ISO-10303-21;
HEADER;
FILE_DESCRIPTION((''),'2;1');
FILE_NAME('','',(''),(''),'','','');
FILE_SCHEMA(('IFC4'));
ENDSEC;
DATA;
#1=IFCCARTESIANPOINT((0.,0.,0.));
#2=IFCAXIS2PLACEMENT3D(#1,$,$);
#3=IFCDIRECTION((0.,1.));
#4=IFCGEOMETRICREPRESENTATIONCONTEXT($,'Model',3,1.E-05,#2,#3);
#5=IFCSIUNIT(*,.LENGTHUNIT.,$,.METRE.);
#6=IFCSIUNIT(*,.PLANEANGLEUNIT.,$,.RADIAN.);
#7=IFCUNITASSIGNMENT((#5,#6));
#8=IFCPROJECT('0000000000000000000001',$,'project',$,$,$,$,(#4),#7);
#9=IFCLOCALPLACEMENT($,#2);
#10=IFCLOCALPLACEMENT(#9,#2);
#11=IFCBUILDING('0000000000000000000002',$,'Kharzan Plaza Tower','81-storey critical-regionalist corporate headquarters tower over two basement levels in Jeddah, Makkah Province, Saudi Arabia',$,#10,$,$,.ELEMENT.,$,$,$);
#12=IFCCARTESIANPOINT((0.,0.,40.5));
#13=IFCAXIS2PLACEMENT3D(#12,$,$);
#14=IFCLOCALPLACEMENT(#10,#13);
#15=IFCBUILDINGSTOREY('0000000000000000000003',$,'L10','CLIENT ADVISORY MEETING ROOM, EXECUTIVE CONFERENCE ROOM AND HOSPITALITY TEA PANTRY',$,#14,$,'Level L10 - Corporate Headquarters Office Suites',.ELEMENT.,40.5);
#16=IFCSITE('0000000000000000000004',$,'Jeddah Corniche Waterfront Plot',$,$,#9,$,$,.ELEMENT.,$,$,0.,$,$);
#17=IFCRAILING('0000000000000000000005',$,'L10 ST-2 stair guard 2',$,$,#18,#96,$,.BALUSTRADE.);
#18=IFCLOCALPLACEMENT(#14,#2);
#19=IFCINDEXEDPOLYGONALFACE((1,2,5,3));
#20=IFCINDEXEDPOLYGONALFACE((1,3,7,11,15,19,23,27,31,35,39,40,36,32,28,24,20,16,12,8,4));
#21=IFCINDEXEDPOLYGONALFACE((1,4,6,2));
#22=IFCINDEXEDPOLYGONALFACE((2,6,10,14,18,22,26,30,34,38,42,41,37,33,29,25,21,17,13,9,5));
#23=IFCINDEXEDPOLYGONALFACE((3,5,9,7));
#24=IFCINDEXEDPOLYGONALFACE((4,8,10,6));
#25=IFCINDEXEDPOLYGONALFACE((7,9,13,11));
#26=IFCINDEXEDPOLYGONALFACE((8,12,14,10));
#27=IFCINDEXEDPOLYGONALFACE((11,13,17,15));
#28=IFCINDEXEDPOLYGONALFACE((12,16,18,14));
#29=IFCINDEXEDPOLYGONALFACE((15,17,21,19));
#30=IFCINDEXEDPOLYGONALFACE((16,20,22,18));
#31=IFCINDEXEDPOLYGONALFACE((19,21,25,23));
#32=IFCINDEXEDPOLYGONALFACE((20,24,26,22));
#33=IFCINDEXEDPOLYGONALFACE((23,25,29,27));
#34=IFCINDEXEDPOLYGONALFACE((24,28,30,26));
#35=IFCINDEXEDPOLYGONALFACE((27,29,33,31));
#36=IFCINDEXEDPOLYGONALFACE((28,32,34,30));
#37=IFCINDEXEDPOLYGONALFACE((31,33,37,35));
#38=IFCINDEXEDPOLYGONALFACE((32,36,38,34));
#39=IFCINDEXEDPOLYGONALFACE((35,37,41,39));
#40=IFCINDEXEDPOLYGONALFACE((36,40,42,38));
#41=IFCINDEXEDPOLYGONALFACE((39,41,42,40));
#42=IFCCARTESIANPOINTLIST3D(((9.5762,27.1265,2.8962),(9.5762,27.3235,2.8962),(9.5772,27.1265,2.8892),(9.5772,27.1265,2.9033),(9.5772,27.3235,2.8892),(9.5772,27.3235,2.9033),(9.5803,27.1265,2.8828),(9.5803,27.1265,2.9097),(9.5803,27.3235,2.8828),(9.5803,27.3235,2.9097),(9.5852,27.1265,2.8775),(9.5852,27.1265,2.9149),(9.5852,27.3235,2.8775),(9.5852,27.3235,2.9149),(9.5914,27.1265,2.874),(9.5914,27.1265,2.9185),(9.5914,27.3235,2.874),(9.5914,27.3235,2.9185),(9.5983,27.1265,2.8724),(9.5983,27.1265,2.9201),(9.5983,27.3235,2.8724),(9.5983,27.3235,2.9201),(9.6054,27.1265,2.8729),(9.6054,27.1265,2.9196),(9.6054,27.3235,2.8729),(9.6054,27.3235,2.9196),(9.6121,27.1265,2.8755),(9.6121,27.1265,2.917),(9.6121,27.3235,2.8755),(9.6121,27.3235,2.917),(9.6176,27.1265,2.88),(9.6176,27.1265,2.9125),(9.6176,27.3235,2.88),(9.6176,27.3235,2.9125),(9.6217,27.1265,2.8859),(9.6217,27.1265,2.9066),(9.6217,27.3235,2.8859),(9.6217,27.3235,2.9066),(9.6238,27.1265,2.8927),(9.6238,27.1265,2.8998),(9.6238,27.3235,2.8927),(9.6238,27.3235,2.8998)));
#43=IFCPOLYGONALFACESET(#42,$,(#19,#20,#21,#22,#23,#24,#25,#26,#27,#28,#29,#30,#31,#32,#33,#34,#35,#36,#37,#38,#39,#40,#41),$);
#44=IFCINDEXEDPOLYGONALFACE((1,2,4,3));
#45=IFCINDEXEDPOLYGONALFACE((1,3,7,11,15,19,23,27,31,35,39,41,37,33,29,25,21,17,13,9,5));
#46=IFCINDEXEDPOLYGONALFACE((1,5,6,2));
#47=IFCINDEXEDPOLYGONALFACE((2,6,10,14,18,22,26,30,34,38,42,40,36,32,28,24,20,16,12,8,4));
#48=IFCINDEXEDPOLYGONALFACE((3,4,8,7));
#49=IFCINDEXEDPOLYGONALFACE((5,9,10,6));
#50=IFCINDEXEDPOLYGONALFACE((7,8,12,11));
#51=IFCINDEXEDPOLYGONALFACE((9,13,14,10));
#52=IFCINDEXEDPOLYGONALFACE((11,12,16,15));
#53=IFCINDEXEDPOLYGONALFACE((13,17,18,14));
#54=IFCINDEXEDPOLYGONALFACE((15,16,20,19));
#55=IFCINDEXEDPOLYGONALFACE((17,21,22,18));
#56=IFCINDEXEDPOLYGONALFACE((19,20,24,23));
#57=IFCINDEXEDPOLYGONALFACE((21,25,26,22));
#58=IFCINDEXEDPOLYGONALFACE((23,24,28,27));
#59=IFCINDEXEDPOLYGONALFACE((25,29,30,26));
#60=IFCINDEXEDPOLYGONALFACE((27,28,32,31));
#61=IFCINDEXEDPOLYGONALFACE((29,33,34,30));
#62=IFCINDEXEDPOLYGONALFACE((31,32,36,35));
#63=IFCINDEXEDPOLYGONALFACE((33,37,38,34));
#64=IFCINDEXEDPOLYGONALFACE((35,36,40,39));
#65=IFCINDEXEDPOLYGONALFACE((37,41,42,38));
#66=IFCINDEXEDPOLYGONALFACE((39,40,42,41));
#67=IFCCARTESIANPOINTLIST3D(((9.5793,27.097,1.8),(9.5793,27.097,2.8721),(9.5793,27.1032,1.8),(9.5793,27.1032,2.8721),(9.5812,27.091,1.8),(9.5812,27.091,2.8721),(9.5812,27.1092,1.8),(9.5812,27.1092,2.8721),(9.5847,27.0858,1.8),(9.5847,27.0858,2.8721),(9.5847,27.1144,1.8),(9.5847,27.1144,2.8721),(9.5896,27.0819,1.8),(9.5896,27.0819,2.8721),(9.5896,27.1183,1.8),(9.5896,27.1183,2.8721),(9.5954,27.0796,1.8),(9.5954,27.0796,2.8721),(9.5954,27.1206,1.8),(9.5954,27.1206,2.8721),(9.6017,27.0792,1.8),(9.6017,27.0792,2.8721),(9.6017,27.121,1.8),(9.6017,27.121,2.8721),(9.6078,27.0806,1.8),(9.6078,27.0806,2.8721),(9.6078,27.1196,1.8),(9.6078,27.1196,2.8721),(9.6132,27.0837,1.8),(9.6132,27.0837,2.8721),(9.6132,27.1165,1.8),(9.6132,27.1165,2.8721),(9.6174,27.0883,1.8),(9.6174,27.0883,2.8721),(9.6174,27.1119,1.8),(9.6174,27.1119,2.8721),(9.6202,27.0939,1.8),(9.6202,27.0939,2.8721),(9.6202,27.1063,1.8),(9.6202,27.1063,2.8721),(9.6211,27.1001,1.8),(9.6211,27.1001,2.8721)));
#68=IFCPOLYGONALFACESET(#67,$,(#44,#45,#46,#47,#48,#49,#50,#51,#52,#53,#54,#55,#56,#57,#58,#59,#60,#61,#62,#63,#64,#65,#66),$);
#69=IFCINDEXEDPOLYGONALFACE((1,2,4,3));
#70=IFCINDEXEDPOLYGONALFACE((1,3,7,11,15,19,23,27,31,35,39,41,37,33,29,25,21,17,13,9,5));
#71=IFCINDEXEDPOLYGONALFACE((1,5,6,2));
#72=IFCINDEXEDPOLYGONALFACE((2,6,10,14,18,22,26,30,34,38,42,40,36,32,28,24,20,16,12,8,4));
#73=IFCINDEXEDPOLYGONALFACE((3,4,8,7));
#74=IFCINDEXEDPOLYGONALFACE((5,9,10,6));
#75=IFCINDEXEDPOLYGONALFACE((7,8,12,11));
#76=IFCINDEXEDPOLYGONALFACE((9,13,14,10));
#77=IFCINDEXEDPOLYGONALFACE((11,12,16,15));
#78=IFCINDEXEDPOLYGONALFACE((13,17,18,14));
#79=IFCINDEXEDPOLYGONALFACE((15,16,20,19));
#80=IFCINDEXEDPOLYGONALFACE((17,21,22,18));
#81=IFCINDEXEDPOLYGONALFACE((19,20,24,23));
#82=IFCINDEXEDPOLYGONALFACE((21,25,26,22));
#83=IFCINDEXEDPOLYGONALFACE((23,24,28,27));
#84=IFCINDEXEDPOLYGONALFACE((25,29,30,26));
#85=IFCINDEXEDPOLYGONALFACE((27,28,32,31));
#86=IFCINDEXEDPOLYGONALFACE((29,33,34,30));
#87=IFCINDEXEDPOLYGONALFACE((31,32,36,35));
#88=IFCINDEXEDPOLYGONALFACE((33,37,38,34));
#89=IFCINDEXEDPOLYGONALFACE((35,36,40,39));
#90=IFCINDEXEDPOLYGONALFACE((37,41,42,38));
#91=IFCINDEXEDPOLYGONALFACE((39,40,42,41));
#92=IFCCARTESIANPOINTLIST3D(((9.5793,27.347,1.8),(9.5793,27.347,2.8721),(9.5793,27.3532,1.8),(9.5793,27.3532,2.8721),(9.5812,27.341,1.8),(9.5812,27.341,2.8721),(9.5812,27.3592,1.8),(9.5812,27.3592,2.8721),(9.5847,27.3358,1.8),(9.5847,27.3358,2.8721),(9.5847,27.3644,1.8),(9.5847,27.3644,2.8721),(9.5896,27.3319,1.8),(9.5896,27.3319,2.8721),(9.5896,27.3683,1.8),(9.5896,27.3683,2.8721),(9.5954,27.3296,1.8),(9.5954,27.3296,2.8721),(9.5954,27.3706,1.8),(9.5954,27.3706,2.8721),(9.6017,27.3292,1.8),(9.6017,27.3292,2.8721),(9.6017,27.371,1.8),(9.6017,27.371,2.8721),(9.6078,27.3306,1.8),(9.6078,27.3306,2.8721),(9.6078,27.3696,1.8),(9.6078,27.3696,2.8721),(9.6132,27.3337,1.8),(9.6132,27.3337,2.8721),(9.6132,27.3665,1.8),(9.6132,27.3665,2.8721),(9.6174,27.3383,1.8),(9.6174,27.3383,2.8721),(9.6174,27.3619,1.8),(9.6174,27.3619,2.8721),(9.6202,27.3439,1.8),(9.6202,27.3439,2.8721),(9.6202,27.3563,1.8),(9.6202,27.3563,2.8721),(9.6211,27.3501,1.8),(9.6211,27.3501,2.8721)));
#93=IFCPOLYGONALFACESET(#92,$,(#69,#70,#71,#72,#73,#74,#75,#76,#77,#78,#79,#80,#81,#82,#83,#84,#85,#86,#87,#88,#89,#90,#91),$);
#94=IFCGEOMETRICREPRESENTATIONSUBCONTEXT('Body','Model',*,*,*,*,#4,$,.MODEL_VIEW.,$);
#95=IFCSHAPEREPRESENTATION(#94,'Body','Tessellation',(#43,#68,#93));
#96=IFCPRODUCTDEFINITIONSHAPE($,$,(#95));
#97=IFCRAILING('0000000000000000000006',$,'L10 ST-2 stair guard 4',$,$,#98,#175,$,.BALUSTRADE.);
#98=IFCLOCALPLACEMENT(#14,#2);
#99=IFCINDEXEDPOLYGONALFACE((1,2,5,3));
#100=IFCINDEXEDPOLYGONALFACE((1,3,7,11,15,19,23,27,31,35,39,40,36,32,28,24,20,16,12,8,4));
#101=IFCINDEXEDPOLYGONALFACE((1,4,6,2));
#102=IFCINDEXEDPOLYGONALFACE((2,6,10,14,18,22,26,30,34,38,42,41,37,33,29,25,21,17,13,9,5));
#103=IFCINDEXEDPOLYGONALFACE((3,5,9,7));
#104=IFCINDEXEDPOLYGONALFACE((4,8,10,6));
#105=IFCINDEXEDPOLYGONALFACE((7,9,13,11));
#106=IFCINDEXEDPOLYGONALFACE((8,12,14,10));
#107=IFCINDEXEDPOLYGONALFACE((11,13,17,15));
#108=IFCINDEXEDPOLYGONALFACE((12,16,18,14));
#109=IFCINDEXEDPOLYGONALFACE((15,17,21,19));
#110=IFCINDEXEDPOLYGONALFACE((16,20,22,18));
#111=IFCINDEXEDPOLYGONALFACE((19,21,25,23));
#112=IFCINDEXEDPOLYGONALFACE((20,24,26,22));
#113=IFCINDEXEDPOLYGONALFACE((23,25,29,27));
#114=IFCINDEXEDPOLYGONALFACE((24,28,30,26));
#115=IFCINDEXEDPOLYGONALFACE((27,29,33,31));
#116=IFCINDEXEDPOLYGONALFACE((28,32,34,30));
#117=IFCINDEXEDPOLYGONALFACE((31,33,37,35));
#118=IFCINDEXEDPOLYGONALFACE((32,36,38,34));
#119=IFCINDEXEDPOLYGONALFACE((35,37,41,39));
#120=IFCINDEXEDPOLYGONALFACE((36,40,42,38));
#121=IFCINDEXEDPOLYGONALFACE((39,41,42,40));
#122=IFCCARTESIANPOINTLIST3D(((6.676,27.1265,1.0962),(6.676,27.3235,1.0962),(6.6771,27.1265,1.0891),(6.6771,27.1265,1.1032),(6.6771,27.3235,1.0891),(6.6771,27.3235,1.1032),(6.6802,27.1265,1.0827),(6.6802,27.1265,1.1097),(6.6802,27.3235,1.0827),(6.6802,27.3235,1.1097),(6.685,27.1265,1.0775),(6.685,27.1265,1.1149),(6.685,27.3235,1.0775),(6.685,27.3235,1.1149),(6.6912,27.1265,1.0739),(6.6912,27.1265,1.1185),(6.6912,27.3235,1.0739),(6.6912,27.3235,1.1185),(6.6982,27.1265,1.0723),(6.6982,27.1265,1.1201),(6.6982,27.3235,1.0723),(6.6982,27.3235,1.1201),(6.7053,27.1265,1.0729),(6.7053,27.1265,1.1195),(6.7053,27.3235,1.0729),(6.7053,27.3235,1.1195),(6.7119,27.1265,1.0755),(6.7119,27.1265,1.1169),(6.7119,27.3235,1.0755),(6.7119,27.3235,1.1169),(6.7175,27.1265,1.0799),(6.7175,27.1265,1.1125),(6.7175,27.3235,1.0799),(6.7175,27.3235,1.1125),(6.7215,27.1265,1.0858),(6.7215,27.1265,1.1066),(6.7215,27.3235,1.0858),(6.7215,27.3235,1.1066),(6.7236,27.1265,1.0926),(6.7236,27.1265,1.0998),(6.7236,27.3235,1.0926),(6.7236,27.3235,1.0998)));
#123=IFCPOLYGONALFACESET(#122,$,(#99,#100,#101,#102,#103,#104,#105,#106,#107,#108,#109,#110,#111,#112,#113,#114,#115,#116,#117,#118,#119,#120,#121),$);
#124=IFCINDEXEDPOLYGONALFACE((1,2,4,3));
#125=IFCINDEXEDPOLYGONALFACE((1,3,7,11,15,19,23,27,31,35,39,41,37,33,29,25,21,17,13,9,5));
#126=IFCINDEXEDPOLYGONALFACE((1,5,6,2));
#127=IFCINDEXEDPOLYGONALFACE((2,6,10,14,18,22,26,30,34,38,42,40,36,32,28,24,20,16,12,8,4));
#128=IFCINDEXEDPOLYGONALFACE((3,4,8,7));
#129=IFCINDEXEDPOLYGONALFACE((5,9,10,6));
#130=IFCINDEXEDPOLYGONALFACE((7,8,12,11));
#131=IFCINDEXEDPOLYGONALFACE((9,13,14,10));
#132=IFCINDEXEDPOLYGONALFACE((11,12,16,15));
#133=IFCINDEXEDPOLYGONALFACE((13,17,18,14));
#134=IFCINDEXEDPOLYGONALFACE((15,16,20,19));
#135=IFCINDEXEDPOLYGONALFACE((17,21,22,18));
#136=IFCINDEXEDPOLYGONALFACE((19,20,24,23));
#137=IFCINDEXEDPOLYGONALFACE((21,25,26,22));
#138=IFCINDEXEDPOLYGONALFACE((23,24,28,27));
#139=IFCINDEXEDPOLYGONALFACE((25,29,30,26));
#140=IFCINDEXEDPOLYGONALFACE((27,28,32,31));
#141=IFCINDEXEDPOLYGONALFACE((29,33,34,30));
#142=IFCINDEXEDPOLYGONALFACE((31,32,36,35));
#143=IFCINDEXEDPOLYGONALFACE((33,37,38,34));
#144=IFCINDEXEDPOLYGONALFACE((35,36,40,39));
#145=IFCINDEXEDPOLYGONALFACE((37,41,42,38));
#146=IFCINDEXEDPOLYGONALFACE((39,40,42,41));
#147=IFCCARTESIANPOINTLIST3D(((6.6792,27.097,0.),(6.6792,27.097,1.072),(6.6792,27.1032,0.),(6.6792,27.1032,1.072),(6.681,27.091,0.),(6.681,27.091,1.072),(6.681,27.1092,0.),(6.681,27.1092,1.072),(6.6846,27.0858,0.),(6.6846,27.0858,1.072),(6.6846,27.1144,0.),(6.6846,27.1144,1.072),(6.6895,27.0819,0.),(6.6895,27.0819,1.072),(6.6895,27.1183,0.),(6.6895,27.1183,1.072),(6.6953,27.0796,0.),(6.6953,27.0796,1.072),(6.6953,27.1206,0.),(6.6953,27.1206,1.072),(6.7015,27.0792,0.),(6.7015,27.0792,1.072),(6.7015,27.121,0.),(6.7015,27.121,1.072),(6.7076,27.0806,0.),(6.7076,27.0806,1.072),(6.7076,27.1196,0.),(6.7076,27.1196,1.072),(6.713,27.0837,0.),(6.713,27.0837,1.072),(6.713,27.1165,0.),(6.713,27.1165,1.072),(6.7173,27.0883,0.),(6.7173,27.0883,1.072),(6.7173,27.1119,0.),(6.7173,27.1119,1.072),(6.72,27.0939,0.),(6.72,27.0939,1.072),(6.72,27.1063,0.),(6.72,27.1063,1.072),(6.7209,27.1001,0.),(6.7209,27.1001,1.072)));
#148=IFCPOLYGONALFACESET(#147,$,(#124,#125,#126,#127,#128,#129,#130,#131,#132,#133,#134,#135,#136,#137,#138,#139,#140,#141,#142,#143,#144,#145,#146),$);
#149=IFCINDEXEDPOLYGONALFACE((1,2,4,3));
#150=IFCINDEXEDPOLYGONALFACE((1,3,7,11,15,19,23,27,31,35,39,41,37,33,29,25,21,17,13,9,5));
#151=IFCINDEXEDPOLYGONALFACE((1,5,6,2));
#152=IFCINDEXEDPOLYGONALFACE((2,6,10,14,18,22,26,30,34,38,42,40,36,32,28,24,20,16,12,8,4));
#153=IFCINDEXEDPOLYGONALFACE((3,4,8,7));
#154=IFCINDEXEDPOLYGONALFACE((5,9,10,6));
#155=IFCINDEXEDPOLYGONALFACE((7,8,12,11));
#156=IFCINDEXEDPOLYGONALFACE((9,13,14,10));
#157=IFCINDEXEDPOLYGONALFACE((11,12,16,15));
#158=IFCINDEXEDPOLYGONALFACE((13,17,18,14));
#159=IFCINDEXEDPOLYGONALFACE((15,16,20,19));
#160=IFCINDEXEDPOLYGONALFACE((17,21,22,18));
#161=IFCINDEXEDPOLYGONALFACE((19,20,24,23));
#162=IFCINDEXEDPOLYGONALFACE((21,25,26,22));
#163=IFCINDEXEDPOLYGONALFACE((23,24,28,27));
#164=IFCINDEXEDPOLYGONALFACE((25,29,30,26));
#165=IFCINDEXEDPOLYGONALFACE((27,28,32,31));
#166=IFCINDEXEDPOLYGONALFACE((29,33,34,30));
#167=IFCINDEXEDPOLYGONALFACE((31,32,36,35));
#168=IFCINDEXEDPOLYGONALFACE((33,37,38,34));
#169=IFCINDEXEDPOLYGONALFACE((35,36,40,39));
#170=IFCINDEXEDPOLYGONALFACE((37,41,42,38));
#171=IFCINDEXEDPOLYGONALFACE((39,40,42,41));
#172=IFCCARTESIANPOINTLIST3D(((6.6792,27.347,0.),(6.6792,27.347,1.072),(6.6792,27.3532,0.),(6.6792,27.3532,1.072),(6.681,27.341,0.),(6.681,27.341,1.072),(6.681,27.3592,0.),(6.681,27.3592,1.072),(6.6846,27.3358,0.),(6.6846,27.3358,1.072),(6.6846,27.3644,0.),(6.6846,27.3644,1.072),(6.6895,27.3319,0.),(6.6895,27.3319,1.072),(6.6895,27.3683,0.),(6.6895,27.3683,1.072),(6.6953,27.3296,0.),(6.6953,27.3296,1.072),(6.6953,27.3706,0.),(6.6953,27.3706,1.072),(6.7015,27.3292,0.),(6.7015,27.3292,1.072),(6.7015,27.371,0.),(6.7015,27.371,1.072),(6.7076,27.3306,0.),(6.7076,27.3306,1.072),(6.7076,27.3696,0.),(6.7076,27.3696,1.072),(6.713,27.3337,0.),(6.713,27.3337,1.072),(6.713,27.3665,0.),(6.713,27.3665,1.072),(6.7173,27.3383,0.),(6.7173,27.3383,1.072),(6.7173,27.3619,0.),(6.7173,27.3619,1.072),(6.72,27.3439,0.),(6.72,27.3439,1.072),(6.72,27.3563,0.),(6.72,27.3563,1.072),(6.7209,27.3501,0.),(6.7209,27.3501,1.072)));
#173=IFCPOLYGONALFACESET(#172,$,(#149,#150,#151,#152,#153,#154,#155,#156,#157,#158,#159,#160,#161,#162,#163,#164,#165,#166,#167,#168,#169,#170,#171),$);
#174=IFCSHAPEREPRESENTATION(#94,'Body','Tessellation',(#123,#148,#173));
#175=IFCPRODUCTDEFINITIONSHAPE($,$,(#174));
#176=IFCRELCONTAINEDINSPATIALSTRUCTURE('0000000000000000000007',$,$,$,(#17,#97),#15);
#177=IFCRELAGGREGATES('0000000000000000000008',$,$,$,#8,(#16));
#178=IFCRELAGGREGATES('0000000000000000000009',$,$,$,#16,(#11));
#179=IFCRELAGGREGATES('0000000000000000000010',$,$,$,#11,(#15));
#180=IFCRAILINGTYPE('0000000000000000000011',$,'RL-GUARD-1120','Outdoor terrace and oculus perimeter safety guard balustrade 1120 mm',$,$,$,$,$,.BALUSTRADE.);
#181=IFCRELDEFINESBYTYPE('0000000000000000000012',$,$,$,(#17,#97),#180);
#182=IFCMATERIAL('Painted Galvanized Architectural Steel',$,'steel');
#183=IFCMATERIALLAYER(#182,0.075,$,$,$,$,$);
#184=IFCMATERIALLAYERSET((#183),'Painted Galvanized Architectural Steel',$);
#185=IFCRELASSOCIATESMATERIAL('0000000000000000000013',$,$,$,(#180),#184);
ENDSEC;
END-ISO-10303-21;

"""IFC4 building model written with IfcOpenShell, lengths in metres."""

from ifc_helpers import new_model, si_unit, direction, frame, origin, origin_2d, place, context, subcontext, project, spatial, circle, extrude, source, transform, mapped, material, layer, layer_set, type_object, element, save


model = new_model("IFC4")

# Units and contexts
model_context = context("Model", 3, precision=1e-05, world=origin(), true_north=direction((0.0, 1.0)))
body_context = subcontext(model_context, "Body", "Model", "MODEL_VIEW")
ifc_project = project(units=[si_unit("LENGTHUNIT", "METRE"), si_unit("PLANEANGLEUNIT", "RADIAN")], contexts=[model_context])

# Site, building, storey
site_placement = place(None, origin())
site = spatial("IfcSite", under=ifc_project, at=site_placement, Name="Jeddah Corniche Waterfront Plot", CompositionType="ELEMENT", RefElevation=0.0)
building_placement = place(site_placement, origin())
building = spatial("IfcBuilding", under=site, at=building_placement, Name="Kharzan Plaza Tower", Description="81-storey critical-regionalist corporate headquarters tower over two basement levels in Jeddah, Makkah Province, Saudi Arabia", CompositionType="ELEMENT")
storey_placement = place(building_placement, frame((0.0, 0.0, 40.5)))
storey = spatial("IfcBuildingStorey", under=building, at=storey_placement, Name="L10", Description="CLIENT ADVISORY MEETING ROOM, EXECUTIVE CONFERENCE ROOM AND HOSPITALITY TEA PANTRY", LongName="Level L10 - Corporate Headquarters Office Suites", CompositionType="ELEMENT", Elevation=40.5)

# Railings
ifc_material_1 = material(Name="Painted Galvanized Architectural Steel", Category="steel")
ifc_layer_1 = layer(ifc_material_1, 0.075)
ifc_layer_set_1 = layer_set([ifc_layer_1], Name="Painted Galvanized Architectural Steel")
railing_type_1 = type_object("IfcRailingType", Name="RL-GUARD-1120", Description="Outdoor terrace and oculus perimeter safety guard balustrade 1120 mm", PredefinedType="BALUSTRADE", material=ifc_layer_set_1)
shared_shape_1 = source(origin(), body_context, "Body", "SweptSolid", [
    extrude(circle(Radius=0.0239, at=origin_2d()), frame((0.0, 0.0264, 1.0962), z_axis=(0.0, 1.0, 0.0), x_axis=(-1.0, 0.0, 0.0)), (0.0, 0.0, 1.0), 0.197),
    extrude(circle(Radius=0.021, at=origin_2d()), origin(), (0.0, 0.0, 1.0), 1.072),
    extrude(circle(Radius=0.021, at=origin_2d()), frame((0.0, 0.25, 0.0)), (0.0, 0.0, 1.0), 1.072),
])
for number, where, name in (
    (1, (9.6001, 27.1001, 1.8), "L10 ST-2 stair guard 2"),
    (2, (6.7, 27.1001, 0.0), "L10 ST-2 stair guard 4"),
):
    element("IfcRailing", number, at=place(storey_placement, frame(where)), inside=storey, type_object=railing_type_1, Name=name, PredefinedType="BALUSTRADE", context=body_context, shape_type="MappedRepresentation", body=[
        mapped(shared_shape_1, transform((0.0, 0.0, 0.0), x_axis=(1.0, 0.0, 0.0), y_axis=(0.0, 1.0, 0.0), z_axis=(0.0, 0.0, 1.0))),
    ])

save(model, "model.ifc")
